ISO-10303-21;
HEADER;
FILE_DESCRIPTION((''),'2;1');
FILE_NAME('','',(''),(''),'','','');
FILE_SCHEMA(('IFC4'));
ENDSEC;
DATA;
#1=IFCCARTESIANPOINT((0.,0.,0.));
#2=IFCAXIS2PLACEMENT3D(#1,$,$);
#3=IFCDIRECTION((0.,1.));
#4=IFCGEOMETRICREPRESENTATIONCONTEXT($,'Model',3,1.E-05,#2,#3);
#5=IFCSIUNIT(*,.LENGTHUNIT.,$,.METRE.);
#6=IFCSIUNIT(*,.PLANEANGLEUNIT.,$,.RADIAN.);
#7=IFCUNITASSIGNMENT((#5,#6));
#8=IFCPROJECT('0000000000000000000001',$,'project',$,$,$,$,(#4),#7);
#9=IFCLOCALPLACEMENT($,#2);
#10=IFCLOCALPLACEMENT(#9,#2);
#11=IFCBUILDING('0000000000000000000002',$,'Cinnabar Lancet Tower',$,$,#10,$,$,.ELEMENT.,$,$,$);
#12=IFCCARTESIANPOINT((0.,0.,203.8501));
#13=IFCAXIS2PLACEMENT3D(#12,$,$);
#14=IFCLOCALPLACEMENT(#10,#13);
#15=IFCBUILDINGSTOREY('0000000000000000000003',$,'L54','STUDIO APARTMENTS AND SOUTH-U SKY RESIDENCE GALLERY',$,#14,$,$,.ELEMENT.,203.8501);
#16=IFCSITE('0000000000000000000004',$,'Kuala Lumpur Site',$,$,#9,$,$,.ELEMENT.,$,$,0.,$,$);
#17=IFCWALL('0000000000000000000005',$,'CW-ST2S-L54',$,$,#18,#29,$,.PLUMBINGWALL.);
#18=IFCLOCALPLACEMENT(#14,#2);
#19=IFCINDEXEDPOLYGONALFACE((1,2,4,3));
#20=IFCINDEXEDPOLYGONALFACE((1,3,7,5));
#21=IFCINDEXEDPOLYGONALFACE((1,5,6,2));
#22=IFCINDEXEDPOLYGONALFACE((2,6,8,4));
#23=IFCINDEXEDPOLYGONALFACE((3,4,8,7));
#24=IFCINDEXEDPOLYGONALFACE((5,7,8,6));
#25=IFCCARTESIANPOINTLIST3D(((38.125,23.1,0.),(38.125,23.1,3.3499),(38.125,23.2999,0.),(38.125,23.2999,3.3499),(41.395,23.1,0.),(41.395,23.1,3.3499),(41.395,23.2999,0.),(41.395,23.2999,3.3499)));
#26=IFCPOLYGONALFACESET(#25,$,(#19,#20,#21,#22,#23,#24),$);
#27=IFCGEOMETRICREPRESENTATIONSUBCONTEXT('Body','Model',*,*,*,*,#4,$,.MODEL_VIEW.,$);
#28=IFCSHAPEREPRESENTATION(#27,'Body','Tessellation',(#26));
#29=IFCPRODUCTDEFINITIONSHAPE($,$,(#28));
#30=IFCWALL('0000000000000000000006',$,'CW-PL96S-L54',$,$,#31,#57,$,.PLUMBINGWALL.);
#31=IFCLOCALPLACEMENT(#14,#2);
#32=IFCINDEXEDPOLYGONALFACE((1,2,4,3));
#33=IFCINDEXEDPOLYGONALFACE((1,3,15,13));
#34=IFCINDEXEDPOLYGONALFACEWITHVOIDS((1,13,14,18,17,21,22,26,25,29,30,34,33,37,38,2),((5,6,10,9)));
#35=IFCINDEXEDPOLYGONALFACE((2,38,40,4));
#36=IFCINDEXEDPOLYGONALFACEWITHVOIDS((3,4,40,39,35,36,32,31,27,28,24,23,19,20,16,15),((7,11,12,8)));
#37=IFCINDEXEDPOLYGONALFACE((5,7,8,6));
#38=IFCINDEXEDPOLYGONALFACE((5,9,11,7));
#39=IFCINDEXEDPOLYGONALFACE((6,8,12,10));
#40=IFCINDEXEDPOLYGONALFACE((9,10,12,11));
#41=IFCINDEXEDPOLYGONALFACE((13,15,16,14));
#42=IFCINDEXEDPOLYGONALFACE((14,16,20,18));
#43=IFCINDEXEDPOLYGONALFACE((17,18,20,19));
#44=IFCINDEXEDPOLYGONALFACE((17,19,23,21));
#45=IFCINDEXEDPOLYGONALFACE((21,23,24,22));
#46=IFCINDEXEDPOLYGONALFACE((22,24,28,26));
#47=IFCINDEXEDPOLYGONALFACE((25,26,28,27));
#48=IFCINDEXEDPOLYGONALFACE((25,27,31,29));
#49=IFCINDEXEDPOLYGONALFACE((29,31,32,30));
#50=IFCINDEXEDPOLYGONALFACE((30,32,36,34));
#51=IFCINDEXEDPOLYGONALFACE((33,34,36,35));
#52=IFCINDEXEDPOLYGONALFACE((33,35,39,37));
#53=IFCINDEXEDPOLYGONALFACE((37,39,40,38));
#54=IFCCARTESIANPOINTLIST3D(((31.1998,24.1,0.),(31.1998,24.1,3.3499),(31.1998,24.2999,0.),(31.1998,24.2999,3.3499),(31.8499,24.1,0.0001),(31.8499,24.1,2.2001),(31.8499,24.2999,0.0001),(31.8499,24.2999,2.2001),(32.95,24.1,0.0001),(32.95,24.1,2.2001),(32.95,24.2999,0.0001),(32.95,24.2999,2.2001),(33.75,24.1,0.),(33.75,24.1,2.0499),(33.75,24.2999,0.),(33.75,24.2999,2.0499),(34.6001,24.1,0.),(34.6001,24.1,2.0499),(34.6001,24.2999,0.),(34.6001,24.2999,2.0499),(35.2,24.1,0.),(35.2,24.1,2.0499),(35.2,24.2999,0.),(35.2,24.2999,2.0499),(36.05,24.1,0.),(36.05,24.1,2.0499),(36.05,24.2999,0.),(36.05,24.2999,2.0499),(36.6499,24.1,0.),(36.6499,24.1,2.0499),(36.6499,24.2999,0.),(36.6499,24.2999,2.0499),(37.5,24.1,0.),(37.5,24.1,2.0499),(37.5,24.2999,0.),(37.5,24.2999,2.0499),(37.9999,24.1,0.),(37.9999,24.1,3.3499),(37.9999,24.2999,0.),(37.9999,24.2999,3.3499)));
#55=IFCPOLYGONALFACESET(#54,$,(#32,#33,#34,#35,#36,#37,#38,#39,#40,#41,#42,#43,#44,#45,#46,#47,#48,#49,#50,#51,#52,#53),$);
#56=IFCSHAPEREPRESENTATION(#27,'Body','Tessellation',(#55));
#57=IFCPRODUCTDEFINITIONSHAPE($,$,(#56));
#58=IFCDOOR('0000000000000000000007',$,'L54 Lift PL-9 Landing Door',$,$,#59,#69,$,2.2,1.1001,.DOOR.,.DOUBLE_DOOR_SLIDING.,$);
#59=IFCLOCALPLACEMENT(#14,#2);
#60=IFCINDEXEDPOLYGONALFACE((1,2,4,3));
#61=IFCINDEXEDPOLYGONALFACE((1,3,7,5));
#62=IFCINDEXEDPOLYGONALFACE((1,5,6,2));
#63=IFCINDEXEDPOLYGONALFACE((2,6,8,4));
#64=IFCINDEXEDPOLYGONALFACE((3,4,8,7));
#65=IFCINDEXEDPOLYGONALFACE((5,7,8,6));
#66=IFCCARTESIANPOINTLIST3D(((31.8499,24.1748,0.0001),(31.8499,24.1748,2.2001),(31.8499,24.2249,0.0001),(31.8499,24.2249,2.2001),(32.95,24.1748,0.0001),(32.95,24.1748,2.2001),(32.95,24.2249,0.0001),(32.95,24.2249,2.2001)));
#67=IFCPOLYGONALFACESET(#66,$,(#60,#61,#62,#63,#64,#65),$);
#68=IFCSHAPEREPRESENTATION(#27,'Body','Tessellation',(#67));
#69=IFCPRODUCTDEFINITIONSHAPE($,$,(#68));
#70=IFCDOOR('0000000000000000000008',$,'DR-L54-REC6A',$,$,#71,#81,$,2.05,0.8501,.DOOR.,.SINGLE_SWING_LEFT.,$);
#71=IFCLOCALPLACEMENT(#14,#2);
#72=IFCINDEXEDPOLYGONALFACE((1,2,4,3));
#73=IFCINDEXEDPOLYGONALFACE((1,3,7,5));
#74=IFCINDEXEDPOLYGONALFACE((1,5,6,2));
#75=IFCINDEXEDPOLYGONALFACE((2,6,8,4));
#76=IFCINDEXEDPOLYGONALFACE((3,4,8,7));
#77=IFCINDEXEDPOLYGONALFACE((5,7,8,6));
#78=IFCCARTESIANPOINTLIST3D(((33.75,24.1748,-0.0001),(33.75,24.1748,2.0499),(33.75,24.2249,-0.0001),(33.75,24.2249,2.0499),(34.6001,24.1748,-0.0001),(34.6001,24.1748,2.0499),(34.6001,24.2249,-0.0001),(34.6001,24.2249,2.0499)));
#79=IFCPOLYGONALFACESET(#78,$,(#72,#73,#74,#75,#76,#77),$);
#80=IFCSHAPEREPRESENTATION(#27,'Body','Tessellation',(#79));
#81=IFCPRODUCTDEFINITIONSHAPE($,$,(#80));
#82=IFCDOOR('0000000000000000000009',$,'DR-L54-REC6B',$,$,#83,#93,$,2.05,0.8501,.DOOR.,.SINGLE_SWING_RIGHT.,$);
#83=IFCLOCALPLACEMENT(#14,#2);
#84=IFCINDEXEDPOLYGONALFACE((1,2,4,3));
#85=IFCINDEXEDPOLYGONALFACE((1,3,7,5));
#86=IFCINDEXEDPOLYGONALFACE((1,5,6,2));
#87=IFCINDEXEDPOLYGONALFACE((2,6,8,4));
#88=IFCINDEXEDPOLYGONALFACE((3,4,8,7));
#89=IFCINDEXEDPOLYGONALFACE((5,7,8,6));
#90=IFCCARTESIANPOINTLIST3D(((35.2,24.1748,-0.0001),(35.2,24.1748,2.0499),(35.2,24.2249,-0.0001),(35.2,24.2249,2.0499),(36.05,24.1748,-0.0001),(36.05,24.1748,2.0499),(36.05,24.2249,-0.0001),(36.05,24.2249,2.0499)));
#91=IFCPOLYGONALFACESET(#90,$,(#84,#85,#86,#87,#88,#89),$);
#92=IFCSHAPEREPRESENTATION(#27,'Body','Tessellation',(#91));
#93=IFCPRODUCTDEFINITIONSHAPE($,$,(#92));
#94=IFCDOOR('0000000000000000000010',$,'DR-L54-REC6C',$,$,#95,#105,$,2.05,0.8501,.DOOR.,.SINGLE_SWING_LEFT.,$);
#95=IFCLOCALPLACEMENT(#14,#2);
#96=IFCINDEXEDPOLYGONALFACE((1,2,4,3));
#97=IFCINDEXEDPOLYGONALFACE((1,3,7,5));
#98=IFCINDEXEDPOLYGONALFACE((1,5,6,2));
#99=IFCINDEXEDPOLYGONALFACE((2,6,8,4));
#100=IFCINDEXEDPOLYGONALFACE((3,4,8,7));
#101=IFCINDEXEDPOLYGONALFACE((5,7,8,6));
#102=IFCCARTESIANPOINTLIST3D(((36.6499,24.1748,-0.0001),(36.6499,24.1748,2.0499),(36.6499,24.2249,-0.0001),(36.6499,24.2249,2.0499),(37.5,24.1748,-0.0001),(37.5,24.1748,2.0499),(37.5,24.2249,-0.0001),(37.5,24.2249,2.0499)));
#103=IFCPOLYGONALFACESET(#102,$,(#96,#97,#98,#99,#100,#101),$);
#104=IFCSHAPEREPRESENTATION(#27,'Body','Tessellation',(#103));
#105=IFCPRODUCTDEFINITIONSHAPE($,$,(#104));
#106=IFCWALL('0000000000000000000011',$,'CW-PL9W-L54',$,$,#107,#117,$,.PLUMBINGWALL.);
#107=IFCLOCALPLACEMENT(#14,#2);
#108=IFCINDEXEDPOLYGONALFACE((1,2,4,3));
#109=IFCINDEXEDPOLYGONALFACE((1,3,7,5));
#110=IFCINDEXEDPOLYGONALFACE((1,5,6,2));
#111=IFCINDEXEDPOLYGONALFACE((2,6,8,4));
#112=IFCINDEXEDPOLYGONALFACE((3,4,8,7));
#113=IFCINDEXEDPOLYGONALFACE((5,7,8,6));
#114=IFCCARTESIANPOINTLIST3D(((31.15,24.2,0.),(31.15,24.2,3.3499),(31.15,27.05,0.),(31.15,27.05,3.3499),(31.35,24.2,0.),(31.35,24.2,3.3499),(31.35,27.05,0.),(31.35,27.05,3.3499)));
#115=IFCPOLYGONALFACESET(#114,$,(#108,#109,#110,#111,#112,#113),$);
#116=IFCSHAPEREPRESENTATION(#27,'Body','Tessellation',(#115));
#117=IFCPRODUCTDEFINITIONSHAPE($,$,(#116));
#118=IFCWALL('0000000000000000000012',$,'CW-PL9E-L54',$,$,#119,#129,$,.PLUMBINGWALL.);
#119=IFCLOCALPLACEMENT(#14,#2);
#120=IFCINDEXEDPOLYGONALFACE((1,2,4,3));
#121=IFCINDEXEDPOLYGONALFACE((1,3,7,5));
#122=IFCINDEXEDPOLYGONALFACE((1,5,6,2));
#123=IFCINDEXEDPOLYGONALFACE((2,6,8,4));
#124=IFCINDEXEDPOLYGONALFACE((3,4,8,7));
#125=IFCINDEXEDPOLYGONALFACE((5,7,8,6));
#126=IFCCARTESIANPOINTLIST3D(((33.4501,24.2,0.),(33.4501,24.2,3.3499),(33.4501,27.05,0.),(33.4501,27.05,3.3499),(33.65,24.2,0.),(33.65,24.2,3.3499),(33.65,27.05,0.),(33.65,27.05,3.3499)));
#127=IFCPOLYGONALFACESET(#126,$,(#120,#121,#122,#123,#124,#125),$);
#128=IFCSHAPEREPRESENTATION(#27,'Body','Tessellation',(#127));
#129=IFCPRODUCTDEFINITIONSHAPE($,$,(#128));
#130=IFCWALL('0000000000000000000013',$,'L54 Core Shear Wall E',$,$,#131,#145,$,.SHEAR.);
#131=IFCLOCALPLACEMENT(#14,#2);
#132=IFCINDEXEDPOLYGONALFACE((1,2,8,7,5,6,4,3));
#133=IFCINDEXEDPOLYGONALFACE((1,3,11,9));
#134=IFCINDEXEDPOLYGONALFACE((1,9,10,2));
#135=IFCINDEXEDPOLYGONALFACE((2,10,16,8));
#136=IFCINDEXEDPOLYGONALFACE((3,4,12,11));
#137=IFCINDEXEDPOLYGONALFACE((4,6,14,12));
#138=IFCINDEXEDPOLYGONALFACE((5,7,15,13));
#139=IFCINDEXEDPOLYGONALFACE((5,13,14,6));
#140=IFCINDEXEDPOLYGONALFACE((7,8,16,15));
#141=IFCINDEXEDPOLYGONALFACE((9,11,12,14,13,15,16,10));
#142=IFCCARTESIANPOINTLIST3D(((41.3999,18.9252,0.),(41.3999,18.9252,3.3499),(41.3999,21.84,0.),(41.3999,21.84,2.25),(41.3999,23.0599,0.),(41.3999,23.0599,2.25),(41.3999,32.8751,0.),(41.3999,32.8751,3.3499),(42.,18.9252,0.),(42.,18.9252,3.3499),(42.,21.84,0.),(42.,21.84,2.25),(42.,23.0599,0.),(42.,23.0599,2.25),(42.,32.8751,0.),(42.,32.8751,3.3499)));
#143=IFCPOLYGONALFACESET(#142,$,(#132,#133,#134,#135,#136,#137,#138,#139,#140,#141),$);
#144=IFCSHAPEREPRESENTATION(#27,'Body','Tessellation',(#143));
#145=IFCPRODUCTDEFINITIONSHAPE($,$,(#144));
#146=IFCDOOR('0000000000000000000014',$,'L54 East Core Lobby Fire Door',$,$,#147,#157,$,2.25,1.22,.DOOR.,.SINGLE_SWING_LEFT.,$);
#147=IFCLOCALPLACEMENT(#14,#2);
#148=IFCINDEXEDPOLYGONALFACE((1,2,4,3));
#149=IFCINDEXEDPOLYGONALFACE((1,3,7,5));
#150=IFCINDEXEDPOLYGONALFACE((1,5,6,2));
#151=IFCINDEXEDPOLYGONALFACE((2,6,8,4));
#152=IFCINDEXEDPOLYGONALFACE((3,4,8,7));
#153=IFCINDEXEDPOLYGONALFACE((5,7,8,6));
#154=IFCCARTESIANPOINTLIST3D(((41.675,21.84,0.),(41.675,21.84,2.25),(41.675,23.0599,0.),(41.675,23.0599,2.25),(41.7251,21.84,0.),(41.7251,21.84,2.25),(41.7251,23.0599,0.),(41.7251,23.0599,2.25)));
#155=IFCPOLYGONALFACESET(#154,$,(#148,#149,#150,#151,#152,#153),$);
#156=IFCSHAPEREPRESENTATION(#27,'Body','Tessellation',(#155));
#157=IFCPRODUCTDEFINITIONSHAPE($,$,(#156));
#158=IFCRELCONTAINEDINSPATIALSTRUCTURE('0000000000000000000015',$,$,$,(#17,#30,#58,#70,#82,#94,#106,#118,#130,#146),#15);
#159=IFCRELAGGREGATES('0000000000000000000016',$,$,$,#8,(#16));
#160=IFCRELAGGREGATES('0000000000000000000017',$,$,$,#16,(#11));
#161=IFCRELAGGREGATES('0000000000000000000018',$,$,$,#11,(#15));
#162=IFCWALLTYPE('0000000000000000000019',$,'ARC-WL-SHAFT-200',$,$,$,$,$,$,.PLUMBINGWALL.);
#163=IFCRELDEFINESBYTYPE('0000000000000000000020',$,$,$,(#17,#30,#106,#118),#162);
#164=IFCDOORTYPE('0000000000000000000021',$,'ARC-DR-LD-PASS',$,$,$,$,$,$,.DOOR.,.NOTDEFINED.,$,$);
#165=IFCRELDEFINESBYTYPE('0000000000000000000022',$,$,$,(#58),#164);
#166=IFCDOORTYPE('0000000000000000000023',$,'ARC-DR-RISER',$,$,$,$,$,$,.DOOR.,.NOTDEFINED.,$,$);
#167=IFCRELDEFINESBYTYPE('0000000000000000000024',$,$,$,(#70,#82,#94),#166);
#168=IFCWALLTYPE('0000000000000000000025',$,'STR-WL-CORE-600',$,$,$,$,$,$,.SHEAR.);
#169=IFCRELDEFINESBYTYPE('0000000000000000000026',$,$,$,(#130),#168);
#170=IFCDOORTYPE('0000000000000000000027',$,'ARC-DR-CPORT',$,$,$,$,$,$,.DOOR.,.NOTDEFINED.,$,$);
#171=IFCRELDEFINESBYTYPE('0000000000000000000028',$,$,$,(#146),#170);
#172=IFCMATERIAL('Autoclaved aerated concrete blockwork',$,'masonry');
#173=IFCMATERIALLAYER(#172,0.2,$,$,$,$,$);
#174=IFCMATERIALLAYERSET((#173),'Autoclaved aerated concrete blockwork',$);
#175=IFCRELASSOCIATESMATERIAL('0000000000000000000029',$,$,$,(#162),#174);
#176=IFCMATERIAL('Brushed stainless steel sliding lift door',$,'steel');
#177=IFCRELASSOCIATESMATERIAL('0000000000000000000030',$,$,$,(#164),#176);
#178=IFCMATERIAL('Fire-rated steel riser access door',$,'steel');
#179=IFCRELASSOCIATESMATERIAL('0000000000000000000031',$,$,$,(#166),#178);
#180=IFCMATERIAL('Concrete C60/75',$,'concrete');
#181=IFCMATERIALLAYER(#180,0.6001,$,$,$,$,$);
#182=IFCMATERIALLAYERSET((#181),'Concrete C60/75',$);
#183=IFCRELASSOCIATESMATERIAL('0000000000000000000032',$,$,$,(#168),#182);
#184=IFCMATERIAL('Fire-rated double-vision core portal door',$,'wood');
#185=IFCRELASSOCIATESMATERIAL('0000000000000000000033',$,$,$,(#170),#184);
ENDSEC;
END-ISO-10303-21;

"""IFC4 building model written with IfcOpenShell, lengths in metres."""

from ifc_helpers import new_model, si_unit, direction, frame, frame_2d, origin, place, context, subcontext, project, spatial, rectangle, extrude, material, layer, layer_set, type_object, element, fill, save


model = new_model("IFC4")

# Units and contexts
model_context = context("Model", 3, precision=1e-05, world=origin(), true_north=direction((0.0, 1.0)))
body_context = subcontext(model_context, "Body", "Model", "MODEL_VIEW")
ifc_project = project(units=[si_unit("LENGTHUNIT", "METRE"), si_unit("PLANEANGLEUNIT", "RADIAN")], contexts=[model_context])

# Site, building, storey
site_placement = place(None, origin())
site = spatial("IfcSite", under=ifc_project, at=site_placement, Name="Kuala Lumpur Site", CompositionType="ELEMENT", RefElevation=0.0)
building_placement = place(site_placement, origin())
building = spatial("IfcBuilding", under=site, at=building_placement, Name="Cinnabar Lancet Tower", CompositionType="ELEMENT")
storey_placement = place(building_placement, frame((0.0, 0.0, 203.8501)))
storey = spatial("IfcBuildingStorey", under=building, at=storey_placement, Name="L54", Description="STUDIO APARTMENTS AND SOUTH-U SKY RESIDENCE GALLERY", CompositionType="ELEMENT", Elevation=203.8501)

# Wall
ifc_material_1 = material(Name="Autoclaved aerated concrete blockwork", Category="masonry")
ifc_layer_1 = layer(ifc_material_1, 0.2)
ifc_layer_set_1 = layer_set([ifc_layer_1], Name="Autoclaved aerated concrete blockwork")
wall_type_1 = type_object("IfcWallType", Name="ARC-WL-SHAFT-200", PredefinedType="PLUMBINGWALL", material=ifc_layer_set_1)
wall_1_placement = place(storey_placement, frame((38.125, 23.2, 0.0), z_axis=(0.0, 0.0, 1.0), x_axis=(1.0, 0.0, 0.0)))
element("IfcWall", 1, at=wall_1_placement, inside=storey, type_object=wall_type_1, Name="CW-ST2S-L54", PredefinedType="PLUMBINGWALL", context=body_context, shape_type="SweptSolid", body=[
    extrude(rectangle(XDim=3.27, YDim=0.2, at=frame_2d((1.635, 0.0))), origin(), (0.0, 0.0, 1.0), 3.3499),
])

# Wall, openings, doors
wall_2_placement = place(storey_placement, frame((31.2, 24.2, 0.0), z_axis=(0.0, 0.0, 1.0), x_axis=(1.0, 0.0, 0.0)))
wall_2 = element("IfcWall", 2, at=wall_2_placement, inside=storey, type_object=wall_type_1, Name="CW-PL96S-L54", PredefinedType="PLUMBINGWALL", context=body_context, shape_type="SweptSolid", body=[
    extrude(rectangle(XDim=6.8, YDim=0.2, at=frame_2d((3.3999, 0.0))), origin(), (0.0, 0.0, 1.0), 3.3499),
])
opening_1_placement = place(wall_2_placement, frame((0.6499, 0.0, 0.0)))
opening_1 = element("IfcOpeningElement", 3, at=opening_1_placement, cuts=wall_2, PredefinedType="OPENING", context=body_context, shape_type="SweptSolid", body=[
    extrude(rectangle(XDim=1.1001, YDim=2.2, at=frame_2d((0.55, 1.1001))), frame((0.0, 0.1099, 0.0), z_axis=(0.0, -1.0, 0.0), x_axis=(1.0, 0.0, 0.0)), (0.0, 0.0, 1.0), 0.22),
])
opening_2_placement = place(wall_2_placement, frame((2.55, 0.0, 0.0)))
opening_2 = element("IfcOpeningElement", 4, at=opening_2_placement, cuts=wall_2, PredefinedType="OPENING", context=body_context, shape_type="SweptSolid", body=[
    extrude(rectangle(XDim=0.8501, YDim=2.05, at=frame_2d((0.425, 1.0249))), frame((0.0, 0.1099, 0.0), z_axis=(0.0, -1.0, 0.0), x_axis=(1.0, 0.0, 0.0)), (0.0, 0.0, 1.0), 0.22),
])
opening_3_placement = place(wall_2_placement, frame((4.0, 0.0, 0.0)))
opening_3 = element("IfcOpeningElement", 5, at=opening_3_placement, cuts=wall_2, PredefinedType="OPENING", context=body_context, shape_type="SweptSolid", body=[
    extrude(rectangle(XDim=0.8501, YDim=2.05, at=frame_2d((0.425, 1.0249))), frame((0.0, 0.1099, 0.0), z_axis=(0.0, -1.0, 0.0), x_axis=(1.0, 0.0, 0.0)), (0.0, 0.0, 1.0), 0.22),
])
opening_4_placement = place(wall_2_placement, frame((5.45, 0.0, 0.0)))
opening_4 = element("IfcOpeningElement", 6, at=opening_4_placement, cuts=wall_2, PredefinedType="OPENING", context=body_context, shape_type="SweptSolid", body=[
    extrude(rectangle(XDim=0.8501, YDim=2.05, at=frame_2d((0.425, 1.0249))), frame((0.0, 0.1099, 0.0), z_axis=(0.0, -1.0, 0.0), x_axis=(1.0, 0.0, 0.0)), (0.0, 0.0, 1.0), 0.22),
])
ifc_material_2 = material(Name="Brushed stainless steel sliding lift door", Category="steel")
door_type_1 = type_object("IfcDoorType", Name="ARC-DR-LD-PASS", OperationType="NOTDEFINED", PredefinedType="DOOR", material=ifc_material_2)
door_1_placement = place(opening_1_placement, origin())
door_1 = element("IfcDoor", 7, at=door_1_placement, inside=storey, type_object=door_type_1, Name="L54 Lift PL-9 Landing Door", OperationType="DOUBLE_DOOR_SLIDING", OverallHeight=2.2, OverallWidth=1.1001, PredefinedType="DOOR", context=body_context, shape_type="SweptSolid", body=[
    extrude(rectangle(XDim=1.1001, YDim=2.2, at=frame_2d((0.55, 1.1001))), frame((0.0, 0.0249, 0.0), z_axis=(0.0, -1.0, 0.0), x_axis=(1.0, 0.0, 0.0)), (0.0, 0.0, 1.0), 0.05),
])
fill(opening_1, door_1)
ifc_material_3 = material(Name="Fire-rated steel riser access door", Category="steel")
door_type_2 = type_object("IfcDoorType", Name="ARC-DR-RISER", OperationType="NOTDEFINED", PredefinedType="DOOR", material=ifc_material_3)
door_2_placement = place(opening_2_placement, origin())
door_2 = element("IfcDoor", 8, at=door_2_placement, inside=storey, type_object=door_type_2, Name="DR-L54-REC6A", OperationType="SINGLE_SWING_LEFT", OverallHeight=2.05, OverallWidth=0.8501, PredefinedType="DOOR", context=body_context, shape_type="SweptSolid", body=[
    extrude(rectangle(XDim=0.8501, YDim=2.05, at=frame_2d((0.425, 1.0249))), frame((0.0, 0.0249, 0.0), z_axis=(0.0, -1.0, 0.0), x_axis=(1.0, 0.0, 0.0)), (0.0, 0.0, 1.0), 0.05),
])
fill(opening_2, door_2)
door_3_placement = place(opening_3_placement, origin())
door_3 = element("IfcDoor", 9, at=door_3_placement, inside=storey, type_object=door_type_2, Name="DR-L54-REC6B", OperationType="SINGLE_SWING_RIGHT", OverallHeight=2.05, OverallWidth=0.8501, PredefinedType="DOOR", context=body_context, shape_type="SweptSolid", body=[
    extrude(rectangle(XDim=0.8501, YDim=2.05, at=frame_2d((0.425, 1.0249))), frame((0.0, 0.0249, 0.0), z_axis=(0.0, -1.0, 0.0), x_axis=(1.0, 0.0, 0.0)), (0.0, 0.0, 1.0), 0.05),
])
fill(opening_3, door_3)
door_4_placement = place(opening_4_placement, origin())
door_4 = element("IfcDoor", 10, at=door_4_placement, inside=storey, type_object=door_type_2, Name="DR-L54-REC6C", OperationType="SINGLE_SWING_LEFT", OverallHeight=2.05, OverallWidth=0.8501, PredefinedType="DOOR", context=body_context, shape_type="SweptSolid", body=[
    extrude(rectangle(XDim=0.8501, YDim=2.05, at=frame_2d((0.425, 1.0249))), frame((0.0, 0.0249, 0.0), z_axis=(0.0, -1.0, 0.0), x_axis=(1.0, 0.0, 0.0)), (0.0, 0.0, 1.0), 0.05),
])
fill(opening_4, door_4)

# Walls
for number, where, z_axis, x_axis, name in (
    (11, (31.25, 24.2, 0.0), (0.0, 0.0, 1.0), (0.0, 1.0, 0.0), "CW-PL9W-L54"),
    (12, (33.55, 24.2, 0.0), (0.0, 0.0, 1.0), (0.0, 1.0, 0.0), "CW-PL9E-L54"),
):
    element("IfcWall", number, at=place(storey_placement, frame(where, z_axis=z_axis, x_axis=x_axis)), inside=storey, type_object=wall_type_1, Name=name, PredefinedType="PLUMBINGWALL", context=body_context, shape_type="SweptSolid", body=[
        extrude(rectangle(XDim=2.8501, YDim=0.2, at=frame_2d((1.425, 0.0))), origin(), (0.0, 0.0, 1.0), 3.3499),
    ])

# Wall, opening, door
ifc_material_4 = material(Name="Concrete C60/75", Category="concrete")
ifc_layer_2 = layer(ifc_material_4, 0.6001)
ifc_layer_set_2 = layer_set([ifc_layer_2], Name="Concrete C60/75")
wall_type_2 = type_object("IfcWallType", Name="STR-WL-CORE-600", PredefinedType="SHEAR", material=ifc_layer_set_2)
wall_3_placement = place(storey_placement, frame((41.7, 18.925, 0.0), z_axis=(0.0, 0.0, 1.0), x_axis=(0.0, 1.0, 0.0)))
wall_3 = element("IfcWall", 13, at=wall_3_placement, inside=storey, type_object=wall_type_2, Name="L54 Core Shear Wall E", PredefinedType="SHEAR", context=body_context, shape_type="SweptSolid", body=[
    extrude(rectangle(XDim=13.95, YDim=0.6001, at=frame_2d((6.9751, 0.0))), origin(), (0.0, 0.0, 1.0), 3.3499),
])
opening_5_placement = place(wall_3_placement, frame((2.915, 0.0, 0.0)))
opening_5 = element("IfcOpeningElement", 14, at=opening_5_placement, cuts=wall_3, PredefinedType="OPENING", context=body_context, shape_type="SweptSolid", body=[
    extrude(rectangle(XDim=1.22, YDim=2.25, at=frame_2d((0.6099, 1.125))), frame((0.0, 0.3101, 0.0), z_axis=(0.0, -1.0, 0.0), x_axis=(1.0, 0.0, 0.0)), (0.0, 0.0, 1.0), 0.6201),
])
ifc_material_5 = material(Name="Fire-rated double-vision core portal door", Category="wood")
door_type_3 = type_object("IfcDoorType", Name="ARC-DR-CPORT", OperationType="NOTDEFINED", PredefinedType="DOOR", material=ifc_material_5)
door_5_placement = place(opening_5_placement, origin())
door_5 = element("IfcDoor", 15, at=door_5_placement, inside=storey, type_object=door_type_3, Name="L54 East Core Lobby Fire Door", OperationType="SINGLE_SWING_LEFT", OverallHeight=2.25, OverallWidth=1.22, PredefinedType="DOOR", context=body_context, shape_type="SweptSolid", body=[
    extrude(rectangle(XDim=1.22, YDim=2.25, at=frame_2d((0.6099, 1.125))), frame((0.0, 0.0249, 0.0), z_axis=(0.0, -1.0, 0.0), x_axis=(1.0, 0.0, 0.0)), (0.0, 0.0, 1.0), 0.05),
])
fill(opening_5, door_5)

save(model, "model.ifc")
